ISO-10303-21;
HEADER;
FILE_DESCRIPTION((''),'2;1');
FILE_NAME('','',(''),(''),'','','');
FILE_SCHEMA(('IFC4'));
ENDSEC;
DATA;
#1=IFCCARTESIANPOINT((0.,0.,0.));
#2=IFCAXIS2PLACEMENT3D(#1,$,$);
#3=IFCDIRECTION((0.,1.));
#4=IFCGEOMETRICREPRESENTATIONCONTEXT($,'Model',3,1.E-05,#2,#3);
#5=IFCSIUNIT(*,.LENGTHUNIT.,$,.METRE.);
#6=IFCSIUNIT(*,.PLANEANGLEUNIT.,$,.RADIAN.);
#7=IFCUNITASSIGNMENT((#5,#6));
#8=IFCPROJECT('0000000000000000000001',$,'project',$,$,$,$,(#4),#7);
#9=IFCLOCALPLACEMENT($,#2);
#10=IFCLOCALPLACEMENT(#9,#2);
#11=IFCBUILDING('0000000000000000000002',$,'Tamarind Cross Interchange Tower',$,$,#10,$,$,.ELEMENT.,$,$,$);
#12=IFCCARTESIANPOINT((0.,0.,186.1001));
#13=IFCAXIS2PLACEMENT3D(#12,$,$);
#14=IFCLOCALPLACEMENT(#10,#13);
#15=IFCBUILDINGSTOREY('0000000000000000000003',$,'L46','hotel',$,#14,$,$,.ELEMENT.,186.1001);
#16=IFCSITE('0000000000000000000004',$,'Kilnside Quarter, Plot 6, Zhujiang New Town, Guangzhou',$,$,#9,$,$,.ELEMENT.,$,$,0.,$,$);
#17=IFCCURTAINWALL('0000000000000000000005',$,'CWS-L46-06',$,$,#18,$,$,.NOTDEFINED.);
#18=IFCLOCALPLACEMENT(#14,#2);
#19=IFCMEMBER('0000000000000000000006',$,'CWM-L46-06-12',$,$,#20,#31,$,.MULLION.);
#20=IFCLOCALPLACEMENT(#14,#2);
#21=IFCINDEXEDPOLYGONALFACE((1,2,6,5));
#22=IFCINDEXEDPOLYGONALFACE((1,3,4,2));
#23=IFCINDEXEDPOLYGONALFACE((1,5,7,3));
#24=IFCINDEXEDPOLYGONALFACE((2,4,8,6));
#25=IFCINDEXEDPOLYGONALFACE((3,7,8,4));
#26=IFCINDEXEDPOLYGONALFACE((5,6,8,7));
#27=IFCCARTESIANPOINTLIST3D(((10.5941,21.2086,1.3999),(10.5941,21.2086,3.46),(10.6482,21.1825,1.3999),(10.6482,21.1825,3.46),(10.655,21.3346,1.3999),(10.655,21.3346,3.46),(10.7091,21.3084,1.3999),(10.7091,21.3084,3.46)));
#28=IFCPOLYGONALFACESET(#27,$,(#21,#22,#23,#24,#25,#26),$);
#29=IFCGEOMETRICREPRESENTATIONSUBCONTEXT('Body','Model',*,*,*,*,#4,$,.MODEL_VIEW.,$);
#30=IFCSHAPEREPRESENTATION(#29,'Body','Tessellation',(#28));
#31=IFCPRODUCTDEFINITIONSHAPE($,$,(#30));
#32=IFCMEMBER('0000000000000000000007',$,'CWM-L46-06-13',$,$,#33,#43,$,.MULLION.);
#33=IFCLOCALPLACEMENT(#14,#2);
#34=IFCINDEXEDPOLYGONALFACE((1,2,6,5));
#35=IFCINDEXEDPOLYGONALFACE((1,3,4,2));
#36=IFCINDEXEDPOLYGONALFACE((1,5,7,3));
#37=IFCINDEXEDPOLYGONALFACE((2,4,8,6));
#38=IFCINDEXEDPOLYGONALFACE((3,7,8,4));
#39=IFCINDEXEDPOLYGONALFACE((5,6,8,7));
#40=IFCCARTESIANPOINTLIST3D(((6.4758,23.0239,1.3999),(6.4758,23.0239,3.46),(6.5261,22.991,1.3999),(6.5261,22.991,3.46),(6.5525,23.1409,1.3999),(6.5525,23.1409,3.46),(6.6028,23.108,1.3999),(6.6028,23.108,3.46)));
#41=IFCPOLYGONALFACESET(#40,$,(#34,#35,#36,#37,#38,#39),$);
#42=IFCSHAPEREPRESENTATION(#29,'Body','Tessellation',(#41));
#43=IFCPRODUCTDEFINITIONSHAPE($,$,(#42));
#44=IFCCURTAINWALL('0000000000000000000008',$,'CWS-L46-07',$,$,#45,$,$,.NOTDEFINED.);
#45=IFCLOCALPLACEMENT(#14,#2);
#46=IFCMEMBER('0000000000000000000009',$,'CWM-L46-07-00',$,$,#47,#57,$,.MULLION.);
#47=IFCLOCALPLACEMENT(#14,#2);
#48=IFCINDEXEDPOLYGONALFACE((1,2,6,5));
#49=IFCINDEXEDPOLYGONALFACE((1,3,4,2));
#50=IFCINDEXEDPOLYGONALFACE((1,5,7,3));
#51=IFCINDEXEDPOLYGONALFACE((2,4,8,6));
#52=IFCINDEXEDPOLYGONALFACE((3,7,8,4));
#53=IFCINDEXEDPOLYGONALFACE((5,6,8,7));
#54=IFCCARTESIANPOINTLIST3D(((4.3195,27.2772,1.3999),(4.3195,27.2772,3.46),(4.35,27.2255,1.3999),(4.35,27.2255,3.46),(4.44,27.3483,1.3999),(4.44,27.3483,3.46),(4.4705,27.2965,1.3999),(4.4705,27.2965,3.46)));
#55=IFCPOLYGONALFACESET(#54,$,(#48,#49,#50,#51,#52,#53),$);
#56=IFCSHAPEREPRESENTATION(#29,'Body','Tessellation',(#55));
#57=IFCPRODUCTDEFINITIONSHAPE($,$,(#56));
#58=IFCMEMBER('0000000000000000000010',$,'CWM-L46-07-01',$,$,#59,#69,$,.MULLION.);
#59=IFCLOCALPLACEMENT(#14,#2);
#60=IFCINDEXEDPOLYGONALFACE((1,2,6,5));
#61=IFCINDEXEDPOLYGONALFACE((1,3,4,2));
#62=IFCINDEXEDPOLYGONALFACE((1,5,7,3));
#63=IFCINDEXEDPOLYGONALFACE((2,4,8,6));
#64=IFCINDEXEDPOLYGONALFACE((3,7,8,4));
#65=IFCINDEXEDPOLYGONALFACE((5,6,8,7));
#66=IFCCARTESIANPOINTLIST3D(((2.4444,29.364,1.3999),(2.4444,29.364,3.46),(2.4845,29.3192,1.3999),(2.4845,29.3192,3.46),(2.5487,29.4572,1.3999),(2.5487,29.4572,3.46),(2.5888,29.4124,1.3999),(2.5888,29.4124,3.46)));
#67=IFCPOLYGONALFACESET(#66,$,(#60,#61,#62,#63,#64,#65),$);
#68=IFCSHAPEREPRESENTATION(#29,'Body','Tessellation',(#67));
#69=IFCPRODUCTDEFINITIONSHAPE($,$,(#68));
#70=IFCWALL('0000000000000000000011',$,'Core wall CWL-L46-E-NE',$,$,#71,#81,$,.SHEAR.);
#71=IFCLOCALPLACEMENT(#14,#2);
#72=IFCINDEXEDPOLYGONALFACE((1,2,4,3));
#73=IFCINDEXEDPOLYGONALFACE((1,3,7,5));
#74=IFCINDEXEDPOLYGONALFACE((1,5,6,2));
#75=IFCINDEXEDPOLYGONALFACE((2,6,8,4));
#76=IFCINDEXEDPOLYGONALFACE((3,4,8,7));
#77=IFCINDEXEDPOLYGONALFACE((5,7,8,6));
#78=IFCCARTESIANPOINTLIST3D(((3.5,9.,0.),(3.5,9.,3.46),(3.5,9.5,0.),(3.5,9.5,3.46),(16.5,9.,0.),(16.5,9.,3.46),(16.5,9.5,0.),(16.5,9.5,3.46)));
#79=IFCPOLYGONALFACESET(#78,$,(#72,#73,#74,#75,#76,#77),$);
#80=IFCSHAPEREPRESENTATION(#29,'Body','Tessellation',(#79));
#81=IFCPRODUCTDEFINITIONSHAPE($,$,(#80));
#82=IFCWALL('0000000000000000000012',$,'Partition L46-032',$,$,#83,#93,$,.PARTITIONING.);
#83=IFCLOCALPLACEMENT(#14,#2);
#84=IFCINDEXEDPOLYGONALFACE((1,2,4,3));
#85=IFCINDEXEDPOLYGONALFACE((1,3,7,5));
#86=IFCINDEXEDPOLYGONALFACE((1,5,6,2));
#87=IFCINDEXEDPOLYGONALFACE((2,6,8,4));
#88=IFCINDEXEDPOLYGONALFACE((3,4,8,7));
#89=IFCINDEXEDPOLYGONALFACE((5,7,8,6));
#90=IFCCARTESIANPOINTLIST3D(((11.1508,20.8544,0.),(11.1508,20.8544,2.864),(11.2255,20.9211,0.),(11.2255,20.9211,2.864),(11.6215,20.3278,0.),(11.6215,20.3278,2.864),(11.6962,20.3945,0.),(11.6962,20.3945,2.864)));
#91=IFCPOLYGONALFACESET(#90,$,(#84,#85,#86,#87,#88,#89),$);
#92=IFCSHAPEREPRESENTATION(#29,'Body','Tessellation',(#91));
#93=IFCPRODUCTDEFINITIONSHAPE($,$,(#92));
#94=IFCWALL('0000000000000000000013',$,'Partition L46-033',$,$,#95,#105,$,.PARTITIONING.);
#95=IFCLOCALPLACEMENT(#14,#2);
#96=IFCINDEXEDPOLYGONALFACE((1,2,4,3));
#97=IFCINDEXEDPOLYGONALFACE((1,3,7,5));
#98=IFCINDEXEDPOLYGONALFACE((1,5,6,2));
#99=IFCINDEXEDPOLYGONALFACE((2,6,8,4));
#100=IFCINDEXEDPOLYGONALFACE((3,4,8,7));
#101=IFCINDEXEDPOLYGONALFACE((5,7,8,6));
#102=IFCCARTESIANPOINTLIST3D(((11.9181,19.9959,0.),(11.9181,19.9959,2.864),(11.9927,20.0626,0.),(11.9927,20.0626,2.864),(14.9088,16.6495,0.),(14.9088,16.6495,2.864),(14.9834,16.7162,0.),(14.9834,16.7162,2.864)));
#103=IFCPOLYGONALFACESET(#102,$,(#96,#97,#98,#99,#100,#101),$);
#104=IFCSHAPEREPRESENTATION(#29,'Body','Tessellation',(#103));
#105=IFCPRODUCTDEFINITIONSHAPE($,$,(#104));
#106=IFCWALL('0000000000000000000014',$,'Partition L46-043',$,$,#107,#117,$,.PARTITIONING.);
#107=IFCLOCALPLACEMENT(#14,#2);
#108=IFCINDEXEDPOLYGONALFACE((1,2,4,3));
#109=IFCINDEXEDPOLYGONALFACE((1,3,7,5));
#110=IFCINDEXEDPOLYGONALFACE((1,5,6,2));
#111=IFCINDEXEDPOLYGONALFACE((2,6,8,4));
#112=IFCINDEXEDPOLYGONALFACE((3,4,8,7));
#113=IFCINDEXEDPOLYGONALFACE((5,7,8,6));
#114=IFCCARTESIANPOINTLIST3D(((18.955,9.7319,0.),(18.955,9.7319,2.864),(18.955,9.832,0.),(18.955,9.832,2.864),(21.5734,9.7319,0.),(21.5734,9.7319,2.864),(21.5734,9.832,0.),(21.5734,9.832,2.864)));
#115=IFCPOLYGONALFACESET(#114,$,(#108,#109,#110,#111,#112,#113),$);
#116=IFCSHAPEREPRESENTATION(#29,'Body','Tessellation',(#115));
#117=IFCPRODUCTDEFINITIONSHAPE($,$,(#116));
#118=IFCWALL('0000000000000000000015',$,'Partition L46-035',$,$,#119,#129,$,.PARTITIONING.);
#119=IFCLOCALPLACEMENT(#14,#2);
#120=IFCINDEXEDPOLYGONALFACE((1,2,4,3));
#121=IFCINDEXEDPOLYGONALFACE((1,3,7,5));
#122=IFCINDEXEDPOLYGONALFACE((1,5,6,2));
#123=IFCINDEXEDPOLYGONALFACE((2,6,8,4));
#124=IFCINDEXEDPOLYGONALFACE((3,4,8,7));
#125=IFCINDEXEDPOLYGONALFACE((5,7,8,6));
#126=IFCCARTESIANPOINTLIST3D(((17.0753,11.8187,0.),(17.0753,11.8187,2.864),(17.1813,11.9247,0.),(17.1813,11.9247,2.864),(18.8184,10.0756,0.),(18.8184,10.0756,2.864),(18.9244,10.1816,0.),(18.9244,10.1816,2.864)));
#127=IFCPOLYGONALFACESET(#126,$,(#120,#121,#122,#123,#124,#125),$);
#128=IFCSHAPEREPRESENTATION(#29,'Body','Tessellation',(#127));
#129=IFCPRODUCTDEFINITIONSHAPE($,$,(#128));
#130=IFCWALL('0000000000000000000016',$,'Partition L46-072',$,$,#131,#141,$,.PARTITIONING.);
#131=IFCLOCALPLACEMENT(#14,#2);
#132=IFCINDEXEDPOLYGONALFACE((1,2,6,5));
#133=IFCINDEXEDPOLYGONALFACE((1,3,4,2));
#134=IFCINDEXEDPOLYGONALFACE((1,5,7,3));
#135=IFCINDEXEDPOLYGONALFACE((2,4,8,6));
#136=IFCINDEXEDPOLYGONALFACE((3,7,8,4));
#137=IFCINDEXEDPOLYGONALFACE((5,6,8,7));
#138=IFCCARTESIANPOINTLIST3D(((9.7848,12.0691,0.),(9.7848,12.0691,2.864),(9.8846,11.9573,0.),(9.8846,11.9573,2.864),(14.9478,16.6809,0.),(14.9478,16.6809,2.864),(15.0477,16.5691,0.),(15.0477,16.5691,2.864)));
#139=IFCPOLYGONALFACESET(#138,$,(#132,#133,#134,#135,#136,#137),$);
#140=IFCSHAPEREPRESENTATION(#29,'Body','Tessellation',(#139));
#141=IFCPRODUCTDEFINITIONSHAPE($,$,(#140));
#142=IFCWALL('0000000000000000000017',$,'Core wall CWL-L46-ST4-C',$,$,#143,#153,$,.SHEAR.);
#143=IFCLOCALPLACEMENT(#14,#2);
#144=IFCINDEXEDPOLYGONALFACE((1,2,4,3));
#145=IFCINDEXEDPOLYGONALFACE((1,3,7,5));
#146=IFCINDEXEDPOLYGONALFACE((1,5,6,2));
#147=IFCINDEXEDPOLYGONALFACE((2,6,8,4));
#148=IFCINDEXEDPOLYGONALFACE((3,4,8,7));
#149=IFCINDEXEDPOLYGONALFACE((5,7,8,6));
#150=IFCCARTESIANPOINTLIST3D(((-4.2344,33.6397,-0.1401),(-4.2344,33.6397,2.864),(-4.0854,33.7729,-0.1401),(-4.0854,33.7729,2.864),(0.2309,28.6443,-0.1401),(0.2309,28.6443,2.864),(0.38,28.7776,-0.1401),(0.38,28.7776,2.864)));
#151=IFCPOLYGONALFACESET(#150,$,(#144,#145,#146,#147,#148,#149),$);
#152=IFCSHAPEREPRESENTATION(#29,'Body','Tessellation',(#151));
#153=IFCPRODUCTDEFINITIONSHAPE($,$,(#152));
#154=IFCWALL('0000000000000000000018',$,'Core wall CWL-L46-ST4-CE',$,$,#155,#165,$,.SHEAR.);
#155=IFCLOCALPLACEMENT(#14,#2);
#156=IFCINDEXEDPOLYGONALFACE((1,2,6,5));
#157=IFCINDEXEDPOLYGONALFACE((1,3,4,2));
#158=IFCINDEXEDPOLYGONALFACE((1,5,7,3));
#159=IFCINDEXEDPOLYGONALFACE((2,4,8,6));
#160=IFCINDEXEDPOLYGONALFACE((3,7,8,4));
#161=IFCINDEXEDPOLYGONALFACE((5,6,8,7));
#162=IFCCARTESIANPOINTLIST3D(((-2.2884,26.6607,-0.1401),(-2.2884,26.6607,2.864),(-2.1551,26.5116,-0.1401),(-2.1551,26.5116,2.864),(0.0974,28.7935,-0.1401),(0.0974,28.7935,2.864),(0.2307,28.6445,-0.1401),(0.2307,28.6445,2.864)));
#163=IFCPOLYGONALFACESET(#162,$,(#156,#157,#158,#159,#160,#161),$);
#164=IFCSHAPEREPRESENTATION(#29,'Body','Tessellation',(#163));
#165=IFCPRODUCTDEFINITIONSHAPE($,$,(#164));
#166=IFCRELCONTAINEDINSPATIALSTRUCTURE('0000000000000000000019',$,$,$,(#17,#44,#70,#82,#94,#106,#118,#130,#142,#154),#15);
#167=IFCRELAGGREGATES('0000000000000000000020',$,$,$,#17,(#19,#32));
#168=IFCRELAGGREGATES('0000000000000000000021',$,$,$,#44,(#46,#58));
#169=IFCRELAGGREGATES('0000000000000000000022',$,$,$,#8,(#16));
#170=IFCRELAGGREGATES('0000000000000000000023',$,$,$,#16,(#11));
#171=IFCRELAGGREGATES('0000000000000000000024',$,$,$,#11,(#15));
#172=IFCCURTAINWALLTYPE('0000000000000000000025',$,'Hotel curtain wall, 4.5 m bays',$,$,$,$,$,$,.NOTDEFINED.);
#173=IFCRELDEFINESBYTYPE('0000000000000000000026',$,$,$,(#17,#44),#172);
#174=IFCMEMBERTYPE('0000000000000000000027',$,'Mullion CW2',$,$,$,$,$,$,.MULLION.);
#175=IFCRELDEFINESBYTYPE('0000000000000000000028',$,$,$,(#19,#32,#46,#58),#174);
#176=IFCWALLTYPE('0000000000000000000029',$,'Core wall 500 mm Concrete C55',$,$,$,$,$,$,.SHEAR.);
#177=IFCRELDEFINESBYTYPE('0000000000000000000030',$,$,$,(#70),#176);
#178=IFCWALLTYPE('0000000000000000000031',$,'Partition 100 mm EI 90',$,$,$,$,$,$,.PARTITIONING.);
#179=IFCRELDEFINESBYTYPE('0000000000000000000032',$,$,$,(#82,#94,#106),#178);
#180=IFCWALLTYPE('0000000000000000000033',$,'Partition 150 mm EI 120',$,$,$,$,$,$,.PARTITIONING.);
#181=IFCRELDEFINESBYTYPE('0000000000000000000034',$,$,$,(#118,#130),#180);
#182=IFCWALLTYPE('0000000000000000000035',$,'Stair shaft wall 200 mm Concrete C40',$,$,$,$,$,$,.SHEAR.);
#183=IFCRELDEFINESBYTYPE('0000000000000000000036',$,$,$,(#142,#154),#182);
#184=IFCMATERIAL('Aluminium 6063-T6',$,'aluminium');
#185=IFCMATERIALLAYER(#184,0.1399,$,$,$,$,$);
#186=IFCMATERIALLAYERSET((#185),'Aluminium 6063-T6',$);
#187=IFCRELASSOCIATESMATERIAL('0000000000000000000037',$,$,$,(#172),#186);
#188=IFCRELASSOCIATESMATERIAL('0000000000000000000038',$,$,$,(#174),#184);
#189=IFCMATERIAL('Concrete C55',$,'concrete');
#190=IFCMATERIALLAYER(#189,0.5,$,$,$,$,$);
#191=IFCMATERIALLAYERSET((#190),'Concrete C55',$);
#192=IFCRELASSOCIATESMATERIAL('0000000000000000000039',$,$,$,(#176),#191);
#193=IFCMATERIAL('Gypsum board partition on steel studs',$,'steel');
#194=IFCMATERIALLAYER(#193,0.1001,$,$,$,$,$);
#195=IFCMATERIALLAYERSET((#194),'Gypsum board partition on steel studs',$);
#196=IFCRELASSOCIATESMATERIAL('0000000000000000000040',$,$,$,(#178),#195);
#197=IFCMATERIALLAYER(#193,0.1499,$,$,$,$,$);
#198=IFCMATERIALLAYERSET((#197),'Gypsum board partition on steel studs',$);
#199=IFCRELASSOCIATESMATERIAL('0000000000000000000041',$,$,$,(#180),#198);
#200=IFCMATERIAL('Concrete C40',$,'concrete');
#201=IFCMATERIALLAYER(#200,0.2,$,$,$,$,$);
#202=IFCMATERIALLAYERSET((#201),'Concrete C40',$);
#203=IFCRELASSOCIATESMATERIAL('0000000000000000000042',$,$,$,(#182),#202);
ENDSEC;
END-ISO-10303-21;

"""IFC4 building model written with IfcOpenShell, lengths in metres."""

from ifc_helpers import new_model, si_unit, direction, frame, frame_2d, origin, origin_2d, place, context, subcontext, project, spatial, rectangle, extrude, material, layer, layer_set, material_profile, profile_set, type_object, element, aggregate, save


model = new_model("IFC4")

# Units and contexts
model_context = context("Model", 3, precision=1e-05, world=origin(), true_north=direction((0.0, 1.0)))
body_context = subcontext(model_context, "Body", "Model", "MODEL_VIEW")
ifc_project = project(units=[si_unit("LENGTHUNIT", "METRE"), si_unit("PLANEANGLEUNIT", "RADIAN")], contexts=[model_context])

# Site, building, storey
site_placement = place(None, origin())
site = spatial("IfcSite", under=ifc_project, at=site_placement, Name="Kilnside Quarter, Plot 6, Zhujiang New Town, Guangzhou", CompositionType="ELEMENT", RefElevation=0.0)
building_placement = place(site_placement, origin())
building = spatial("IfcBuilding", under=site, at=building_placement, Name="Tamarind Cross Interchange Tower", CompositionType="ELEMENT")
storey_placement = place(building_placement, frame((0.0, 0.0, 186.1001)))
storey = spatial("IfcBuildingStorey", under=building, at=storey_placement, Name="L46", Description="hotel", CompositionType="ELEMENT", Elevation=186.1001)

# Shared definitions
ifc_material_1 = material(Name="Concrete C55", Category="concrete")

# Curtain walls, members
ifc_material_2 = material(Name="Aluminium 6063-T6", Category="aluminium")
ifc_layer_1 = layer(ifc_material_2, 0.1399)
ifc_layer_set_1 = layer_set([ifc_layer_1], Name="Aluminium 6063-T6")
curtain_wall_type = type_object("IfcCurtainWallType", Name="Hotel curtain wall, 4.5 m bays", PredefinedType="NOTDEFINED", material=ifc_layer_set_1)
curtain_wall_1_placement = place(storey_placement, origin())
curtain_wall_1 = element("IfcCurtainWall", 1, at=curtain_wall_1_placement, inside=storey, type_object=curtain_wall_type, Name="CWS-L46-06", PredefinedType="NOTDEFINED")
ifc_material_profile_1 = material_profile(ifc_material_2, rectangle(XDim=0.0601, YDim=0.1399, at=origin_2d()), Name="Mullion CW2")
ifc_profile_set_1 = profile_set([ifc_material_profile_1], Name="Aluminium 6063-T6")
member_type = type_object("IfcMemberType", Name="Mullion CW2", PredefinedType="MULLION", material=ifc_profile_set_1)
member_1_placement = place(storey_placement, frame((10.6516, 21.2585, 1.3999), z_axis=(0.0, 0.0, 1.0), x_axis=(-0.900273, 0.435326, 0.0)))
member_1 = element("IfcMember", 2, at=member_1_placement, type_object=member_type, Name="CWM-L46-06-12", PredefinedType="MULLION", context=body_context, shape_type="SweptSolid", body=[
    extrude(rectangle(XDim=0.0601, YDim=0.1399, at=origin_2d()), origin(), (0.0, 0.0, 1.0), 2.0601),
])
member_2_placement = place(storey_placement, frame((6.5393, 23.0659, 1.3999), z_axis=(0.0, 0.0, 1.0), x_axis=(-0.836309, 0.548258, 0.0)))
member_2 = element("IfcMember", 3, at=member_2_placement, type_object=member_type, Name="CWM-L46-06-13", PredefinedType="MULLION", context=body_context, shape_type="SweptSolid", body=[
    extrude(rectangle(XDim=0.0601, YDim=0.1399, at=origin_2d()), origin(), (0.0, 0.0, 1.0), 2.0601),
])
aggregate(curtain_wall_1, [member_1, member_2])
curtain_wall_2_placement = place(storey_placement, origin())
curtain_wall_2 = element("IfcCurtainWall", 4, at=curtain_wall_2_placement, inside=storey, type_object=curtain_wall_type, Name="CWS-L46-07", PredefinedType="NOTDEFINED")
member_3_placement = place(storey_placement, frame((4.395, 27.2869, 1.3999), z_axis=(0.0, 0.0, 1.0), x_axis=(-0.50817, 0.861257, 0.0)))
member_3 = element("IfcMember", 5, at=member_3_placement, type_object=member_type, Name="CWM-L46-07-00", PredefinedType="MULLION", context=body_context, shape_type="SweptSolid", body=[
    extrude(rectangle(XDim=0.0601, YDim=0.1399, at=origin_2d()), origin(), (0.0, 0.0, 1.0), 2.0601),
])
member_4_placement = place(storey_placement, frame((2.5166, 29.3882, 1.3999), z_axis=(0.0, 0.0, 1.0), x_axis=(-0.666428, 0.745569, 0.0)))
member_4 = element("IfcMember", 6, at=member_4_placement, type_object=member_type, Name="CWM-L46-07-01", PredefinedType="MULLION", context=body_context, shape_type="SweptSolid", body=[
    extrude(rectangle(XDim=0.0601, YDim=0.1399, at=origin_2d()), origin(), (0.0, 0.0, 1.0), 2.0601),
])
aggregate(curtain_wall_2, [member_3, member_4])

# Walls
ifc_layer_2 = layer(ifc_material_1, 0.5)
ifc_layer_set_2 = layer_set([ifc_layer_2], Name="Concrete C55")
wall_type_1 = type_object("IfcWallType", Name="Core wall 500 mm Concrete C55", PredefinedType="SHEAR", material=ifc_layer_set_2)
wall_1_placement = place(storey_placement, frame((16.5, 9.25, 0.0), z_axis=(0.0, 0.0, 1.0), x_axis=(-1.0, 0.0, 0.0)))
element("IfcWall", 7, at=wall_1_placement, inside=storey, type_object=wall_type_1, Name="Core wall CWL-L46-E-NE", PredefinedType="SHEAR", context=body_context, shape_type="SweptSolid", body=[
    extrude(rectangle(XDim=13.0, YDim=0.5, at=frame_2d((6.5, 0.0))), origin(), (0.0, 0.0, 1.0), 3.46),
])
ifc_material_3 = material(Name="Gypsum board partition on steel studs", Category="steel")
ifc_layer_3 = layer(ifc_material_3, 0.1001)
ifc_layer_set_3 = layer_set([ifc_layer_3], Name="Gypsum board partition on steel studs")
wall_type_2 = type_object("IfcWallType", Name="Partition 100 mm EI 90", PredefinedType="PARTITIONING", material=ifc_layer_set_3)
wall_2_placement = place(storey_placement, frame((11.1882, 20.8877, 0.0), z_axis=(0.0, 0.0, 1.0), x_axis=(0.666421, -0.745576, 0.0)))
element("IfcWall", 8, at=wall_2_placement, inside=storey, type_object=wall_type_2, Name="Partition L46-032", PredefinedType="PARTITIONING", context=body_context, shape_type="SweptSolid", body=[
    extrude(rectangle(XDim=0.7063, YDim=0.1001, at=frame_2d((0.353, 0.0))), origin(), (0.0, 0.0, 1.0), 2.864),
])
wall_3_placement = place(storey_placement, frame((11.9553, 20.0293, 0.0), z_axis=(0.0, 0.0, 1.0), x_axis=(0.666367, -0.745624, 0.0)))
element("IfcWall", 9, at=wall_3_placement, inside=storey, type_object=wall_type_2, Name="Partition L46-033", PredefinedType="PARTITIONING", context=body_context, shape_type="SweptSolid", body=[
    extrude(rectangle(XDim=4.488, YDim=0.1001, at=frame_2d((2.2441, 0.0))), origin(), (0.0, 0.0, 1.0), 2.864),
])
wall_4_placement = place(storey_placement, frame((18.9551, 9.782, 0.0), z_axis=(0.0, 0.0, 1.0), x_axis=(1.0, 0.0, 0.0)))
element("IfcWall", 10, at=wall_4_placement, inside=storey, type_object=wall_type_2, Name="Partition L46-043", PredefinedType="PARTITIONING", context=body_context, shape_type="SweptSolid", body=[
    extrude(rectangle(XDim=2.6184, YDim=0.1001, at=frame_2d((1.3091, 0.0))), origin(), (0.0, 0.0, 1.0), 2.864),
])
ifc_layer_4 = layer(ifc_material_3, 0.1499)
ifc_layer_set_4 = layer_set([ifc_layer_4], Name="Gypsum board partition on steel studs")
wall_type_3 = type_object("IfcWallType", Name="Partition 150 mm EI 120", PredefinedType="PARTITIONING", material=ifc_layer_set_4)
wall_5_placement = place(storey_placement, frame((17.1284, 11.8716, 0.0), z_axis=(0.0, 0.0, 1.0), x_axis=(0.707107, -0.707107, 0.0)))
element("IfcWall", 11, at=wall_5_placement, inside=storey, type_object=wall_type_3, Name="Partition L46-035", PredefinedType="PARTITIONING", context=body_context, shape_type="SweptSolid", body=[
    extrude(rectangle(XDim=2.4651, YDim=0.1499, at=frame_2d((1.2324, 0.0))), origin(), (0.0, 0.0, 1.0), 2.864),
])
wall_6_placement = place(storey_placement, frame((9.8347, 12.0132, 0.0), z_axis=(0.0, 0.0, 1.0), x_axis=(0.7458, 0.66617, 0.0)))
element("IfcWall", 12, at=wall_6_placement, inside=storey, type_object=wall_type_3, Name="Partition L46-072", PredefinedType="PARTITIONING", context=body_context, shape_type="SweptSolid", body=[
    extrude(rectangle(XDim=6.9229, YDim=0.1499, at=frame_2d((3.4614, 0.0))), origin(), (0.0, 0.0, 1.0), 2.864),
])
ifc_material_4 = material(Name="Concrete C40", Category="concrete")
ifc_layer_5 = layer(ifc_material_4, 0.2)
ifc_layer_set_5 = layer_set([ifc_layer_5], Name="Concrete C40")
wall_type_4 = type_object("IfcWallType", Name="Stair shaft wall 200 mm Concrete C40", PredefinedType="SHEAR", material=ifc_layer_set_5)
wall_7_placement = place(storey_placement, frame((0.3054, 28.7109, -0.1401), z_axis=(0.0, 0.0, 1.0), x_axis=(-0.666446, 0.745553, 0.0)))
element("IfcWall", 13, at=wall_7_placement, inside=storey, type_object=wall_type_4, Name="Core wall CWL-L46-ST4-C", PredefinedType="SHEAR", context=body_context, shape_type="SweptSolid", body=[
    extrude(rectangle(XDim=6.7002, YDim=0.2, at=frame_2d((3.3501, 0.0))), origin(), (0.0, 0.0, 1.0), 3.0042),
])
wall_8_placement = place(storey_placement, frame((0.1641, 28.719, -0.1401), z_axis=(0.0, 0.0, 1.0), x_axis=(-0.745521, -0.666483, 0.0)))
element("IfcWall", 14, at=wall_8_placement, inside=storey, type_object=wall_type_4, Name="Core wall CWL-L46-ST4-CE", PredefinedType="SHEAR", context=body_context, shape_type="SweptSolid", body=[
    extrude(rectangle(XDim=3.2002, YDim=0.2, at=frame_2d((1.6001, 0.0))), origin(), (0.0, 0.0, 1.0), 3.0042),
])

save(model, "model.ifc")
